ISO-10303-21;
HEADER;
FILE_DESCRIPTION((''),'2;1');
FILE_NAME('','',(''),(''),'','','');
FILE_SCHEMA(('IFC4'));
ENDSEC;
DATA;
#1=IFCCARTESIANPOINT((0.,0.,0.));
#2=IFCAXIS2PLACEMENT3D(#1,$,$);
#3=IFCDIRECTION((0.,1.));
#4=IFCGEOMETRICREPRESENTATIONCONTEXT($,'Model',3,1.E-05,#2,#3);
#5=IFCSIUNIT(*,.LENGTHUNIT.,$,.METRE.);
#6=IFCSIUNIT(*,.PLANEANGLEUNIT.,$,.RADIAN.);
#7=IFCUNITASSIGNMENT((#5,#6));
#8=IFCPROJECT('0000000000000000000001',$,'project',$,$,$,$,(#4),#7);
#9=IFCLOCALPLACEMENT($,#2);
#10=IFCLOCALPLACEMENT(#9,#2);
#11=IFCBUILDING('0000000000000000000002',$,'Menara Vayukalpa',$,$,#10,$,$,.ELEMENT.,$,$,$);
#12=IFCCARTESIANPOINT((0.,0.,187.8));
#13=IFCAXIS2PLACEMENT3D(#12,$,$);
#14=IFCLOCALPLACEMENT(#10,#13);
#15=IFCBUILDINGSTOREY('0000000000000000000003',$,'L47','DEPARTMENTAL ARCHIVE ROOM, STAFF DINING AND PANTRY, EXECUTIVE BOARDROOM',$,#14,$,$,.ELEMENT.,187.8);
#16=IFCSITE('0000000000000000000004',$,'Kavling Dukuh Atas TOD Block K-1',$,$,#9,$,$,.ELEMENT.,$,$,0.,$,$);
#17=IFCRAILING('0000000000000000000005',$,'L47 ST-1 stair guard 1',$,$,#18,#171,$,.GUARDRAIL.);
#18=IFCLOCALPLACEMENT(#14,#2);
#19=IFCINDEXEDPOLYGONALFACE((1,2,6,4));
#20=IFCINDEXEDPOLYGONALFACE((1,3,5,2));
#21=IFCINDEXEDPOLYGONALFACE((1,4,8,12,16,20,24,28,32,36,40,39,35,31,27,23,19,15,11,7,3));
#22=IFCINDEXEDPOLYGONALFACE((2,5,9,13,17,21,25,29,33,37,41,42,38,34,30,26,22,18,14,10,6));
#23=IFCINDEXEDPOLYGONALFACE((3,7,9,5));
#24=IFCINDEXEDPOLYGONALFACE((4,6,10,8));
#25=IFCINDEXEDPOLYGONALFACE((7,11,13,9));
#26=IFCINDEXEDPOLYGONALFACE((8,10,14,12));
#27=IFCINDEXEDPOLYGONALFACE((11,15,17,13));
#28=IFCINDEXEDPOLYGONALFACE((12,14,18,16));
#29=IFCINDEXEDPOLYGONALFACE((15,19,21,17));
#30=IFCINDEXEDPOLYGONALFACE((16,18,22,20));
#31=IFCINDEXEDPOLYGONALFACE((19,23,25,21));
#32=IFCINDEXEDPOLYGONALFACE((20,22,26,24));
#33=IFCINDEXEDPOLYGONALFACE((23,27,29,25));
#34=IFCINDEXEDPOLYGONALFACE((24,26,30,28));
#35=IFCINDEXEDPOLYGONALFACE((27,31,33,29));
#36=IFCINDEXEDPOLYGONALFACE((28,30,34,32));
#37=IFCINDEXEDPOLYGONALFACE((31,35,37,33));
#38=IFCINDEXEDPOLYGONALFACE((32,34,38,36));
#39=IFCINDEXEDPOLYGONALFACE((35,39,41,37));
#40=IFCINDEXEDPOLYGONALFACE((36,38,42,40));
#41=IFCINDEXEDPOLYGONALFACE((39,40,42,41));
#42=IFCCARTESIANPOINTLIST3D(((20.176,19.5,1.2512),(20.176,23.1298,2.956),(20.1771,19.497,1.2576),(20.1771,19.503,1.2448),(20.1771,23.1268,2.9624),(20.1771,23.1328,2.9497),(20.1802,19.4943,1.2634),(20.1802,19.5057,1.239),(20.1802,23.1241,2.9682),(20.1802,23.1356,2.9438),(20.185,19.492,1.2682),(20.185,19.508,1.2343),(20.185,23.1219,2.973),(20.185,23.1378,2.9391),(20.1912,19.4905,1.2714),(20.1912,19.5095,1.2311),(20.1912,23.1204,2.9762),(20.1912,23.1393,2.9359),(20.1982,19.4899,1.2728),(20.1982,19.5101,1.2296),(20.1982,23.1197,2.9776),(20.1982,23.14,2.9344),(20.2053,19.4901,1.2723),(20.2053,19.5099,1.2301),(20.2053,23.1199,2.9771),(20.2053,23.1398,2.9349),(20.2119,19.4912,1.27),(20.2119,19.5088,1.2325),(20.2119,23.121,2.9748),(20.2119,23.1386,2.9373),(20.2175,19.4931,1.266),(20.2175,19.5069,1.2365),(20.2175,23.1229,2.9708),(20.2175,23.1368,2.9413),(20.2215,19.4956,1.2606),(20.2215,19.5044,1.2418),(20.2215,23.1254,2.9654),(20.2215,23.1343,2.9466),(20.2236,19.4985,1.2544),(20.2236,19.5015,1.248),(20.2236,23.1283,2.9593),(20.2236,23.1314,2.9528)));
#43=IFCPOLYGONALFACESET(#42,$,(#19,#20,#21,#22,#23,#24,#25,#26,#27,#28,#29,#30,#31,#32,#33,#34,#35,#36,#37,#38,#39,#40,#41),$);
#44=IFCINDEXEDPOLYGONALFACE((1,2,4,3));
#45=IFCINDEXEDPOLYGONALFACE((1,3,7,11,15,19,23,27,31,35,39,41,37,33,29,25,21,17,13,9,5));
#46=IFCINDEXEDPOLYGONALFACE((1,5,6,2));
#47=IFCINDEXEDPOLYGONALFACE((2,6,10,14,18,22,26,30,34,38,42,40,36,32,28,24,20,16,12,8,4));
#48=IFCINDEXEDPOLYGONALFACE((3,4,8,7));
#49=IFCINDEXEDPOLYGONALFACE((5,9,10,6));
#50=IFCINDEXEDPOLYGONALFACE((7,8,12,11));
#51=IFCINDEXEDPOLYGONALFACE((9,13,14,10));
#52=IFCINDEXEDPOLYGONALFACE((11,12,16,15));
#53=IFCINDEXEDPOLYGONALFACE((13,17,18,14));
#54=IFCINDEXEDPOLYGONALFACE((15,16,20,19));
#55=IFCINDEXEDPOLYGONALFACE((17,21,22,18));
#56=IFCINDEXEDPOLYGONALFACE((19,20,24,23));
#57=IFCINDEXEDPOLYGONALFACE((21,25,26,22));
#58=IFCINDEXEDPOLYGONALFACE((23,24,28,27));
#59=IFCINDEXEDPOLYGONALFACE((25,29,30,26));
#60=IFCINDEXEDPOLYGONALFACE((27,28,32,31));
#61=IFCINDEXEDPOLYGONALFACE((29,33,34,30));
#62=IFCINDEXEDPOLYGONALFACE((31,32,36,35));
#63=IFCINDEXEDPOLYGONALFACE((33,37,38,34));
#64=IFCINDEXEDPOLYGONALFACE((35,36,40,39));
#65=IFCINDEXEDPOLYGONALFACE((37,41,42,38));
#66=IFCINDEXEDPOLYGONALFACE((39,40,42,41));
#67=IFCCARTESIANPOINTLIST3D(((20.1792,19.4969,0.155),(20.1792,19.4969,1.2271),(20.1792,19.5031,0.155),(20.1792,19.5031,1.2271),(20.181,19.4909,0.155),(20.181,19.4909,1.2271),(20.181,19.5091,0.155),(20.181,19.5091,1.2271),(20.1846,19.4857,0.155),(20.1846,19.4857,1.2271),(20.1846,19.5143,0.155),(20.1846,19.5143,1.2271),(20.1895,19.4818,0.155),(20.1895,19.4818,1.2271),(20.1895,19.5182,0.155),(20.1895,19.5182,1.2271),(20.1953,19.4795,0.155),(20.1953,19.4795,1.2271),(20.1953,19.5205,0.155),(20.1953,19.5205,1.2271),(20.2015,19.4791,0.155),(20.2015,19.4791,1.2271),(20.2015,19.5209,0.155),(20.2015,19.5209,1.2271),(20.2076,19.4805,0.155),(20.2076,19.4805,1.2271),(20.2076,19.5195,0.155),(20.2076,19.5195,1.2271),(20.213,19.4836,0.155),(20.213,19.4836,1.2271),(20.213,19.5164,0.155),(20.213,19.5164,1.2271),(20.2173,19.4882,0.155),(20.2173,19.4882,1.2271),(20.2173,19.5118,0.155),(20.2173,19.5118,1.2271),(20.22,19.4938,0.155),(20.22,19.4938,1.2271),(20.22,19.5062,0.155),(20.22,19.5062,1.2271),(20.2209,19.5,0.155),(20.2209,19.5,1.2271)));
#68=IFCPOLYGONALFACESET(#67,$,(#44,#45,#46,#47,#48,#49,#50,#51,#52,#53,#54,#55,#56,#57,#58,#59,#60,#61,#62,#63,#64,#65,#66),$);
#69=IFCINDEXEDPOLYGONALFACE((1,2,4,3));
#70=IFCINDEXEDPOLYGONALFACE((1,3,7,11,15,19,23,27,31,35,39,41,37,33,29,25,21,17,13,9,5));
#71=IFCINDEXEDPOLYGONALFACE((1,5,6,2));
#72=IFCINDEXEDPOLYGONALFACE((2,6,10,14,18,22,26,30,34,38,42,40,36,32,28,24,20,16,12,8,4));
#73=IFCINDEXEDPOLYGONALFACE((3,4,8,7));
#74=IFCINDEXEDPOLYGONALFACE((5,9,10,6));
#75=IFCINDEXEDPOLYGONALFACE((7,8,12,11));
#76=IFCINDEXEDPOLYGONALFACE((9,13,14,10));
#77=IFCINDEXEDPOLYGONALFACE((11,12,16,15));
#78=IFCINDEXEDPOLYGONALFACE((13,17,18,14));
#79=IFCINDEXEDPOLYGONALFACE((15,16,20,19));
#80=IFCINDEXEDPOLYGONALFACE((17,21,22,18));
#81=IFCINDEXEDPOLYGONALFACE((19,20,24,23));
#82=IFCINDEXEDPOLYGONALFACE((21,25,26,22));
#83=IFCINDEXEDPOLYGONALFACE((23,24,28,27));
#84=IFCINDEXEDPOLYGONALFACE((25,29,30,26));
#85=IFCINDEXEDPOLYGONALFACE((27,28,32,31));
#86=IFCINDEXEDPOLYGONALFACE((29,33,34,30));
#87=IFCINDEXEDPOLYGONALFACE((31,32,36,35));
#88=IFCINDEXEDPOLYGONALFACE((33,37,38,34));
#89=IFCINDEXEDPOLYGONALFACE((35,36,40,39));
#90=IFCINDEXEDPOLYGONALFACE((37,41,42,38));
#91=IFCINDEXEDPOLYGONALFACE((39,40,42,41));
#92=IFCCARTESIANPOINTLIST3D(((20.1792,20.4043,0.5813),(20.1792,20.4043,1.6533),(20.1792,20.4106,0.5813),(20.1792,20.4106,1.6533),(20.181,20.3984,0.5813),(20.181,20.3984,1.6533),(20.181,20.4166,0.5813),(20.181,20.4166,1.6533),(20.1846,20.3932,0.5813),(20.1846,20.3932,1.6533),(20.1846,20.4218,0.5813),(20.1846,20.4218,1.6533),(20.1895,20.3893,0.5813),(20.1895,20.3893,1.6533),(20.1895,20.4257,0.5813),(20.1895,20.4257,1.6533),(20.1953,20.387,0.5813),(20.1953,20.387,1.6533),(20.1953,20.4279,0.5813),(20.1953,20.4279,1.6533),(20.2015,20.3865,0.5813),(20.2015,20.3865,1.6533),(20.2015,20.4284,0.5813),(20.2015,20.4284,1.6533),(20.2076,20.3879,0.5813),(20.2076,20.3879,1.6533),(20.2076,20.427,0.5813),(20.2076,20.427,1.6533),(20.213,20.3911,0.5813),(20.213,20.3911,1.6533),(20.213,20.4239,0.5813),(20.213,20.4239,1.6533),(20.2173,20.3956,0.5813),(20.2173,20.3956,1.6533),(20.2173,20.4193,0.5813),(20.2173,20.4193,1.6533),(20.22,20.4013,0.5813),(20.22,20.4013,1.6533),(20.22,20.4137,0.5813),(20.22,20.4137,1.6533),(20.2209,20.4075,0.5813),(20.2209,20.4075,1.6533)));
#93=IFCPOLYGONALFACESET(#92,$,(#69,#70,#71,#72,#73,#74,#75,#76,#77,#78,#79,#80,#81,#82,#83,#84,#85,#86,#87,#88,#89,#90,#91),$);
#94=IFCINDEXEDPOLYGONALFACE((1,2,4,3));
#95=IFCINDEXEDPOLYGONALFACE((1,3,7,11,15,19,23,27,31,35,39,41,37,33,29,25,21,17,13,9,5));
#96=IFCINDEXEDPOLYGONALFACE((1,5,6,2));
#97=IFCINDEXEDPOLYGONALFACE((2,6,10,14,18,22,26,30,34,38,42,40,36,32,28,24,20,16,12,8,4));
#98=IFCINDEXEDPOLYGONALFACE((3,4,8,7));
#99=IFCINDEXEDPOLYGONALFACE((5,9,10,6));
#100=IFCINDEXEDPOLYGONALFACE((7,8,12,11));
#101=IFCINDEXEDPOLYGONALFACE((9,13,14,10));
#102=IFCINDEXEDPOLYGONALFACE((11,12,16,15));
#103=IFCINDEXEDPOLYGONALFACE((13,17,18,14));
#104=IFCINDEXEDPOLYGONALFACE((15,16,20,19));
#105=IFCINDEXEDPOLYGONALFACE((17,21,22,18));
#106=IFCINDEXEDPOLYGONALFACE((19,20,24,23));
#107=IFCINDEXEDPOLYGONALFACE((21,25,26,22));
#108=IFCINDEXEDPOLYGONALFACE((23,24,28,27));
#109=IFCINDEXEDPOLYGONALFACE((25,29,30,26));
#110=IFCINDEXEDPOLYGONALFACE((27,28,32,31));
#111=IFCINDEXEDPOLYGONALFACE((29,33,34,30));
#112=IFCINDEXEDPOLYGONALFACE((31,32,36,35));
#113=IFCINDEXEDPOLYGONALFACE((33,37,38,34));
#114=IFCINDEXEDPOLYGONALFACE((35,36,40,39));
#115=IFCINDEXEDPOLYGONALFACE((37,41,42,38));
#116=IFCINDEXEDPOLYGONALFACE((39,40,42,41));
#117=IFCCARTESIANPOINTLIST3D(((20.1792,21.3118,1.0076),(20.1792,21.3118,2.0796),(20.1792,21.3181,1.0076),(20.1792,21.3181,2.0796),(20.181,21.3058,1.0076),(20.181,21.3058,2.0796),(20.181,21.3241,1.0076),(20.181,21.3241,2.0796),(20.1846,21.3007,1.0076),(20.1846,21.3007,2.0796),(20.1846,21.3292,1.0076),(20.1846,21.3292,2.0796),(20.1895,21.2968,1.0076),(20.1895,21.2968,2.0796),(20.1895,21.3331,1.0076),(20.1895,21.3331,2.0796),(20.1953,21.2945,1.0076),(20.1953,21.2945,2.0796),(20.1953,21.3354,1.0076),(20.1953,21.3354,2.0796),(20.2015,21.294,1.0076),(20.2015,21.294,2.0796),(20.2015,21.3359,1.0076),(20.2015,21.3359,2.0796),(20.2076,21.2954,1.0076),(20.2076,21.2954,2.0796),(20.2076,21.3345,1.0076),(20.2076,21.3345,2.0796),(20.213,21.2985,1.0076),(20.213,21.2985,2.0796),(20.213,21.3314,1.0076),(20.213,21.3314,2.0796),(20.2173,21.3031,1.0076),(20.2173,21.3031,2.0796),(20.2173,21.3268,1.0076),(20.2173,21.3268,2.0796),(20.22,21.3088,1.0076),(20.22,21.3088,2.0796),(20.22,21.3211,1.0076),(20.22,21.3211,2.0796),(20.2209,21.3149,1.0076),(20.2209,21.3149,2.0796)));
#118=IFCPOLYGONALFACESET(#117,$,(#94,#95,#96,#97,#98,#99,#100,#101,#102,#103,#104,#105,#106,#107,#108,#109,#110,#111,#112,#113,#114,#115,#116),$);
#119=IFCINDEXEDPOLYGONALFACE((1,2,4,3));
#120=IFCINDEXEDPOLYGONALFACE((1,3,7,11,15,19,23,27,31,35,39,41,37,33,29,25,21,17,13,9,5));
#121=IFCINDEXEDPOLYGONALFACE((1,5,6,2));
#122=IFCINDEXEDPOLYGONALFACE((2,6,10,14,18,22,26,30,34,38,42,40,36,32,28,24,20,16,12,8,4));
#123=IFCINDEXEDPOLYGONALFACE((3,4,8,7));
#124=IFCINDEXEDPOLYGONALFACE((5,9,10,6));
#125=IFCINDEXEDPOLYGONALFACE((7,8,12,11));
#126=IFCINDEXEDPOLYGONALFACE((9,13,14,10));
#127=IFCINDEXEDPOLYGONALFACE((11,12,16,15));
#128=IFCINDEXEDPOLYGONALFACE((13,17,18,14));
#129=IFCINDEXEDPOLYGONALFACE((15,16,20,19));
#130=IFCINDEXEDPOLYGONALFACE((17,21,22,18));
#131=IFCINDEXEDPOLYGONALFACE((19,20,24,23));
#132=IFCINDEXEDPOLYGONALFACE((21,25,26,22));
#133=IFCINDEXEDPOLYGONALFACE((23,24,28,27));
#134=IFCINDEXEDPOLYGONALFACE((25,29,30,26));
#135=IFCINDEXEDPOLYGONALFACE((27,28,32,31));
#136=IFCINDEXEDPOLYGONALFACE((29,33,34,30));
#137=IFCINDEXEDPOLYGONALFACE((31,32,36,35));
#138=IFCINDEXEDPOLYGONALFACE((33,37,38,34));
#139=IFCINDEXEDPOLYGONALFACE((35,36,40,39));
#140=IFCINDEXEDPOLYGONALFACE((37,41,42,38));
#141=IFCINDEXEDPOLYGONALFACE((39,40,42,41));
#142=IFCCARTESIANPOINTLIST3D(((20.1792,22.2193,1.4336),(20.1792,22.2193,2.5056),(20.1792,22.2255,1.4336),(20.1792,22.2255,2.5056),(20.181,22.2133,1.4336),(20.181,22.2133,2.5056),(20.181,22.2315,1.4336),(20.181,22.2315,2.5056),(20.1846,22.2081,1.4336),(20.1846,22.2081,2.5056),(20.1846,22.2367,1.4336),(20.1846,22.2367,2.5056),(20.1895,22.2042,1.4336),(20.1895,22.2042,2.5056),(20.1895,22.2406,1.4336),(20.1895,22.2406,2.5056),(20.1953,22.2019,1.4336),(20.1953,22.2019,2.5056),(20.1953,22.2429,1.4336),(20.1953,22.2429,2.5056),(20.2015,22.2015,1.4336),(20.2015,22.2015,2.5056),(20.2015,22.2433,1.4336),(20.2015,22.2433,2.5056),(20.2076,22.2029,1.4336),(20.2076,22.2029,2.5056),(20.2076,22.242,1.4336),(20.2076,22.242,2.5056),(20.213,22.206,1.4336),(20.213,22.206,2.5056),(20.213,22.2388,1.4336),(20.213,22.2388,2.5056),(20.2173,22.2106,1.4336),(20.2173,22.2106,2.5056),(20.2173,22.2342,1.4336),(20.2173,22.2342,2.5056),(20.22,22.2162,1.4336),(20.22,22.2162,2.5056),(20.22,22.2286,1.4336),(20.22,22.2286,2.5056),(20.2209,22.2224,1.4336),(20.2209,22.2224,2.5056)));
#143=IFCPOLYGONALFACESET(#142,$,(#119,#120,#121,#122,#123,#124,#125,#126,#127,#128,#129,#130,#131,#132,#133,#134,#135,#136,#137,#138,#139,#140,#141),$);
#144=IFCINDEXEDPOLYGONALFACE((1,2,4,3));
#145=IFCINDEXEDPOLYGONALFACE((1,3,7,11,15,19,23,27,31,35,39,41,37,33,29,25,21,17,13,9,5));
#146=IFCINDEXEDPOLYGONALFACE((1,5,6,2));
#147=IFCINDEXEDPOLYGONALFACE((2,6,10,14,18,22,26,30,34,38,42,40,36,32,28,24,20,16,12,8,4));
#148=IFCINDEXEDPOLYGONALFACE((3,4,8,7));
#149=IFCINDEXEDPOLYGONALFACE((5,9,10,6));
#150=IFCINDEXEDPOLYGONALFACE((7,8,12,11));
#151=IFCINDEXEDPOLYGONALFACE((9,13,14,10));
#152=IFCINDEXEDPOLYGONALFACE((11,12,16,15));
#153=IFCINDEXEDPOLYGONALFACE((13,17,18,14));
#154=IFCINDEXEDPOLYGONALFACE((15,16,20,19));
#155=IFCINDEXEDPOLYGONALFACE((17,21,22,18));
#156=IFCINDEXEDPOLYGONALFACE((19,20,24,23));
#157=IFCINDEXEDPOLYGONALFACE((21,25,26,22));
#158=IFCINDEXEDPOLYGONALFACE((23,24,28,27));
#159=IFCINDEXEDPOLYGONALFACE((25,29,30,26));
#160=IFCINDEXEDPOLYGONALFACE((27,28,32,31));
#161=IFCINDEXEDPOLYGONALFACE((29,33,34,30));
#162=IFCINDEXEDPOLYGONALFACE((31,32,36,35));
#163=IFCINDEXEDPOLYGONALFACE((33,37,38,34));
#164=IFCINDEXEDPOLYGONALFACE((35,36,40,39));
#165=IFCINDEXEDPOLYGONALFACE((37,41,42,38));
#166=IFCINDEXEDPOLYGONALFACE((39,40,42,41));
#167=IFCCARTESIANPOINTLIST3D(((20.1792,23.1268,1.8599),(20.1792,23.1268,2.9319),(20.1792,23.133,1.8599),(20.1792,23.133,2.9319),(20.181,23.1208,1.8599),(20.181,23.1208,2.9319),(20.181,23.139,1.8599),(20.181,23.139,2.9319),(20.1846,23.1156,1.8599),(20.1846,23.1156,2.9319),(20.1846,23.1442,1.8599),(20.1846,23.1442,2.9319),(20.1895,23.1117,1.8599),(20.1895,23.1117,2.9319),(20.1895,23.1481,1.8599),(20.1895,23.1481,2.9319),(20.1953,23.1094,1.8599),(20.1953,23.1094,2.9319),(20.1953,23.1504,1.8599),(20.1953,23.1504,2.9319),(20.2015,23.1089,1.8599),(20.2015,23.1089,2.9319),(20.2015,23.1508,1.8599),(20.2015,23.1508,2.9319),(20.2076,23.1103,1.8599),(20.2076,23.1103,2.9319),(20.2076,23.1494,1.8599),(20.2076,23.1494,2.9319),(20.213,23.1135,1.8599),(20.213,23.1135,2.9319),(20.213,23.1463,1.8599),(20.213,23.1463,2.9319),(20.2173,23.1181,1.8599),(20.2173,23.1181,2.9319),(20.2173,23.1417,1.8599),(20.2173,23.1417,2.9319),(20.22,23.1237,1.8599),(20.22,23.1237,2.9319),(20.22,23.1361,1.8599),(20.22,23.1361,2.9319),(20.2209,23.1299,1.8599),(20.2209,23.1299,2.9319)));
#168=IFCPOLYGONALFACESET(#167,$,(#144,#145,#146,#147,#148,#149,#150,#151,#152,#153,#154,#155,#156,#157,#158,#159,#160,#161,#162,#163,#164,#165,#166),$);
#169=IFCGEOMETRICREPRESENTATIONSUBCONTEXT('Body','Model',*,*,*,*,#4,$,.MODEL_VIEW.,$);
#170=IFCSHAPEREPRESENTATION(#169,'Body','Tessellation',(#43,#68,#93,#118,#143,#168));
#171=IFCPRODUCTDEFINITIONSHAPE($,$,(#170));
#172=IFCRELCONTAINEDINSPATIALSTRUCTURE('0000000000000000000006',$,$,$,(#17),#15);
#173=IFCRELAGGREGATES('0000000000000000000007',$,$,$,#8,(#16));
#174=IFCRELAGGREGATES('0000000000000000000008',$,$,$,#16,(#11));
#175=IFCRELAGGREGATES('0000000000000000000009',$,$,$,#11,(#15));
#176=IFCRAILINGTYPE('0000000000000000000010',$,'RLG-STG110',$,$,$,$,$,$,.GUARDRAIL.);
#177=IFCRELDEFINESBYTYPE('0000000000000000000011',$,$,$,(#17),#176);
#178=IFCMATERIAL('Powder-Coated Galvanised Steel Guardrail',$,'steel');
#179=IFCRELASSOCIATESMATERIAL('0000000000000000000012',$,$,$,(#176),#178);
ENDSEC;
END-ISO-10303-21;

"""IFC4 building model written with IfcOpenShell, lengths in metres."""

from ifc_helpers import new_model, si_unit, direction, frame, origin, origin_2d, place, context, subcontext, project, spatial, circle, extrude, material, type_object, element, save


model = new_model("IFC4")

# Units and contexts
model_context = context("Model", 3, precision=1e-05, world=origin(), true_north=direction((0.0, 1.0)))
body_context = subcontext(model_context, "Body", "Model", "MODEL_VIEW")
ifc_project = project(units=[si_unit("LENGTHUNIT", "METRE"), si_unit("PLANEANGLEUNIT", "RADIAN")], contexts=[model_context])

# Site, building, storey
site_placement = place(None, origin())
site = spatial("IfcSite", under=ifc_project, at=site_placement, Name="Kavling Dukuh Atas TOD Block K-1", CompositionType="ELEMENT", RefElevation=0.0)
building_placement = place(site_placement, origin())
building = spatial("IfcBuilding", under=site, at=building_placement, Name="Menara Vayukalpa", CompositionType="ELEMENT")
storey_placement = place(building_placement, frame((0.0, 0.0, 187.8)))
storey = spatial("IfcBuildingStorey", under=building, at=storey_placement, Name="L47", Description="DEPARTMENTAL ARCHIVE ROOM, STAFF DINING AND PANTRY, EXECUTIVE BOARDROOM", CompositionType="ELEMENT", Elevation=187.8)

# Railing
ifc_material_1 = material(Name="Powder-Coated Galvanised Steel Guardrail", Category="steel")
railing_type_1 = type_object("IfcRailingType", Name="RLG-STG110", PredefinedType="GUARDRAIL", material=ifc_material_1)
railing_1_placement = place(storey_placement, frame((20.2, 19.5, 0.155)))
element("IfcRailing", 1, at=railing_1_placement, inside=storey, type_object=railing_type_1, Name="L47 ST-1 stair guard 1", PredefinedType="GUARDRAIL", context=body_context, shape_type="SweptSolid", body=[
    extrude(circle(Radius=0.0239, at=origin_2d()), frame((0.0, 0.0, 1.0962), z_axis=(0.0, 0.90514, 0.425114), x_axis=(-1.0, 0.0, 0.0)), (0.0, 0.0, 1.0), 4.0103),
    extrude(circle(Radius=0.021, at=origin_2d()), origin(), (0.0, 0.0, 1.0), 1.072),
    extrude(circle(Radius=0.021, at=origin_2d()), frame((0.0, 0.9075, 0.4263)), (0.0, 0.0, 1.0), 1.072),
    extrude(circle(Radius=0.021, at=origin_2d()), frame((0.0, 1.8149, 0.8525)), (0.0, 0.0, 1.0), 1.072),
    extrude(circle(Radius=0.021, at=origin_2d()), frame((0.0, 2.7224, 1.2786)), (0.0, 0.0, 1.0), 1.072),
    extrude(circle(Radius=0.021, at=origin_2d()), frame((0.0, 3.6299, 1.7048)), (0.0, 0.0, 1.0), 1.072),
])

save(model, "model.ifc")
